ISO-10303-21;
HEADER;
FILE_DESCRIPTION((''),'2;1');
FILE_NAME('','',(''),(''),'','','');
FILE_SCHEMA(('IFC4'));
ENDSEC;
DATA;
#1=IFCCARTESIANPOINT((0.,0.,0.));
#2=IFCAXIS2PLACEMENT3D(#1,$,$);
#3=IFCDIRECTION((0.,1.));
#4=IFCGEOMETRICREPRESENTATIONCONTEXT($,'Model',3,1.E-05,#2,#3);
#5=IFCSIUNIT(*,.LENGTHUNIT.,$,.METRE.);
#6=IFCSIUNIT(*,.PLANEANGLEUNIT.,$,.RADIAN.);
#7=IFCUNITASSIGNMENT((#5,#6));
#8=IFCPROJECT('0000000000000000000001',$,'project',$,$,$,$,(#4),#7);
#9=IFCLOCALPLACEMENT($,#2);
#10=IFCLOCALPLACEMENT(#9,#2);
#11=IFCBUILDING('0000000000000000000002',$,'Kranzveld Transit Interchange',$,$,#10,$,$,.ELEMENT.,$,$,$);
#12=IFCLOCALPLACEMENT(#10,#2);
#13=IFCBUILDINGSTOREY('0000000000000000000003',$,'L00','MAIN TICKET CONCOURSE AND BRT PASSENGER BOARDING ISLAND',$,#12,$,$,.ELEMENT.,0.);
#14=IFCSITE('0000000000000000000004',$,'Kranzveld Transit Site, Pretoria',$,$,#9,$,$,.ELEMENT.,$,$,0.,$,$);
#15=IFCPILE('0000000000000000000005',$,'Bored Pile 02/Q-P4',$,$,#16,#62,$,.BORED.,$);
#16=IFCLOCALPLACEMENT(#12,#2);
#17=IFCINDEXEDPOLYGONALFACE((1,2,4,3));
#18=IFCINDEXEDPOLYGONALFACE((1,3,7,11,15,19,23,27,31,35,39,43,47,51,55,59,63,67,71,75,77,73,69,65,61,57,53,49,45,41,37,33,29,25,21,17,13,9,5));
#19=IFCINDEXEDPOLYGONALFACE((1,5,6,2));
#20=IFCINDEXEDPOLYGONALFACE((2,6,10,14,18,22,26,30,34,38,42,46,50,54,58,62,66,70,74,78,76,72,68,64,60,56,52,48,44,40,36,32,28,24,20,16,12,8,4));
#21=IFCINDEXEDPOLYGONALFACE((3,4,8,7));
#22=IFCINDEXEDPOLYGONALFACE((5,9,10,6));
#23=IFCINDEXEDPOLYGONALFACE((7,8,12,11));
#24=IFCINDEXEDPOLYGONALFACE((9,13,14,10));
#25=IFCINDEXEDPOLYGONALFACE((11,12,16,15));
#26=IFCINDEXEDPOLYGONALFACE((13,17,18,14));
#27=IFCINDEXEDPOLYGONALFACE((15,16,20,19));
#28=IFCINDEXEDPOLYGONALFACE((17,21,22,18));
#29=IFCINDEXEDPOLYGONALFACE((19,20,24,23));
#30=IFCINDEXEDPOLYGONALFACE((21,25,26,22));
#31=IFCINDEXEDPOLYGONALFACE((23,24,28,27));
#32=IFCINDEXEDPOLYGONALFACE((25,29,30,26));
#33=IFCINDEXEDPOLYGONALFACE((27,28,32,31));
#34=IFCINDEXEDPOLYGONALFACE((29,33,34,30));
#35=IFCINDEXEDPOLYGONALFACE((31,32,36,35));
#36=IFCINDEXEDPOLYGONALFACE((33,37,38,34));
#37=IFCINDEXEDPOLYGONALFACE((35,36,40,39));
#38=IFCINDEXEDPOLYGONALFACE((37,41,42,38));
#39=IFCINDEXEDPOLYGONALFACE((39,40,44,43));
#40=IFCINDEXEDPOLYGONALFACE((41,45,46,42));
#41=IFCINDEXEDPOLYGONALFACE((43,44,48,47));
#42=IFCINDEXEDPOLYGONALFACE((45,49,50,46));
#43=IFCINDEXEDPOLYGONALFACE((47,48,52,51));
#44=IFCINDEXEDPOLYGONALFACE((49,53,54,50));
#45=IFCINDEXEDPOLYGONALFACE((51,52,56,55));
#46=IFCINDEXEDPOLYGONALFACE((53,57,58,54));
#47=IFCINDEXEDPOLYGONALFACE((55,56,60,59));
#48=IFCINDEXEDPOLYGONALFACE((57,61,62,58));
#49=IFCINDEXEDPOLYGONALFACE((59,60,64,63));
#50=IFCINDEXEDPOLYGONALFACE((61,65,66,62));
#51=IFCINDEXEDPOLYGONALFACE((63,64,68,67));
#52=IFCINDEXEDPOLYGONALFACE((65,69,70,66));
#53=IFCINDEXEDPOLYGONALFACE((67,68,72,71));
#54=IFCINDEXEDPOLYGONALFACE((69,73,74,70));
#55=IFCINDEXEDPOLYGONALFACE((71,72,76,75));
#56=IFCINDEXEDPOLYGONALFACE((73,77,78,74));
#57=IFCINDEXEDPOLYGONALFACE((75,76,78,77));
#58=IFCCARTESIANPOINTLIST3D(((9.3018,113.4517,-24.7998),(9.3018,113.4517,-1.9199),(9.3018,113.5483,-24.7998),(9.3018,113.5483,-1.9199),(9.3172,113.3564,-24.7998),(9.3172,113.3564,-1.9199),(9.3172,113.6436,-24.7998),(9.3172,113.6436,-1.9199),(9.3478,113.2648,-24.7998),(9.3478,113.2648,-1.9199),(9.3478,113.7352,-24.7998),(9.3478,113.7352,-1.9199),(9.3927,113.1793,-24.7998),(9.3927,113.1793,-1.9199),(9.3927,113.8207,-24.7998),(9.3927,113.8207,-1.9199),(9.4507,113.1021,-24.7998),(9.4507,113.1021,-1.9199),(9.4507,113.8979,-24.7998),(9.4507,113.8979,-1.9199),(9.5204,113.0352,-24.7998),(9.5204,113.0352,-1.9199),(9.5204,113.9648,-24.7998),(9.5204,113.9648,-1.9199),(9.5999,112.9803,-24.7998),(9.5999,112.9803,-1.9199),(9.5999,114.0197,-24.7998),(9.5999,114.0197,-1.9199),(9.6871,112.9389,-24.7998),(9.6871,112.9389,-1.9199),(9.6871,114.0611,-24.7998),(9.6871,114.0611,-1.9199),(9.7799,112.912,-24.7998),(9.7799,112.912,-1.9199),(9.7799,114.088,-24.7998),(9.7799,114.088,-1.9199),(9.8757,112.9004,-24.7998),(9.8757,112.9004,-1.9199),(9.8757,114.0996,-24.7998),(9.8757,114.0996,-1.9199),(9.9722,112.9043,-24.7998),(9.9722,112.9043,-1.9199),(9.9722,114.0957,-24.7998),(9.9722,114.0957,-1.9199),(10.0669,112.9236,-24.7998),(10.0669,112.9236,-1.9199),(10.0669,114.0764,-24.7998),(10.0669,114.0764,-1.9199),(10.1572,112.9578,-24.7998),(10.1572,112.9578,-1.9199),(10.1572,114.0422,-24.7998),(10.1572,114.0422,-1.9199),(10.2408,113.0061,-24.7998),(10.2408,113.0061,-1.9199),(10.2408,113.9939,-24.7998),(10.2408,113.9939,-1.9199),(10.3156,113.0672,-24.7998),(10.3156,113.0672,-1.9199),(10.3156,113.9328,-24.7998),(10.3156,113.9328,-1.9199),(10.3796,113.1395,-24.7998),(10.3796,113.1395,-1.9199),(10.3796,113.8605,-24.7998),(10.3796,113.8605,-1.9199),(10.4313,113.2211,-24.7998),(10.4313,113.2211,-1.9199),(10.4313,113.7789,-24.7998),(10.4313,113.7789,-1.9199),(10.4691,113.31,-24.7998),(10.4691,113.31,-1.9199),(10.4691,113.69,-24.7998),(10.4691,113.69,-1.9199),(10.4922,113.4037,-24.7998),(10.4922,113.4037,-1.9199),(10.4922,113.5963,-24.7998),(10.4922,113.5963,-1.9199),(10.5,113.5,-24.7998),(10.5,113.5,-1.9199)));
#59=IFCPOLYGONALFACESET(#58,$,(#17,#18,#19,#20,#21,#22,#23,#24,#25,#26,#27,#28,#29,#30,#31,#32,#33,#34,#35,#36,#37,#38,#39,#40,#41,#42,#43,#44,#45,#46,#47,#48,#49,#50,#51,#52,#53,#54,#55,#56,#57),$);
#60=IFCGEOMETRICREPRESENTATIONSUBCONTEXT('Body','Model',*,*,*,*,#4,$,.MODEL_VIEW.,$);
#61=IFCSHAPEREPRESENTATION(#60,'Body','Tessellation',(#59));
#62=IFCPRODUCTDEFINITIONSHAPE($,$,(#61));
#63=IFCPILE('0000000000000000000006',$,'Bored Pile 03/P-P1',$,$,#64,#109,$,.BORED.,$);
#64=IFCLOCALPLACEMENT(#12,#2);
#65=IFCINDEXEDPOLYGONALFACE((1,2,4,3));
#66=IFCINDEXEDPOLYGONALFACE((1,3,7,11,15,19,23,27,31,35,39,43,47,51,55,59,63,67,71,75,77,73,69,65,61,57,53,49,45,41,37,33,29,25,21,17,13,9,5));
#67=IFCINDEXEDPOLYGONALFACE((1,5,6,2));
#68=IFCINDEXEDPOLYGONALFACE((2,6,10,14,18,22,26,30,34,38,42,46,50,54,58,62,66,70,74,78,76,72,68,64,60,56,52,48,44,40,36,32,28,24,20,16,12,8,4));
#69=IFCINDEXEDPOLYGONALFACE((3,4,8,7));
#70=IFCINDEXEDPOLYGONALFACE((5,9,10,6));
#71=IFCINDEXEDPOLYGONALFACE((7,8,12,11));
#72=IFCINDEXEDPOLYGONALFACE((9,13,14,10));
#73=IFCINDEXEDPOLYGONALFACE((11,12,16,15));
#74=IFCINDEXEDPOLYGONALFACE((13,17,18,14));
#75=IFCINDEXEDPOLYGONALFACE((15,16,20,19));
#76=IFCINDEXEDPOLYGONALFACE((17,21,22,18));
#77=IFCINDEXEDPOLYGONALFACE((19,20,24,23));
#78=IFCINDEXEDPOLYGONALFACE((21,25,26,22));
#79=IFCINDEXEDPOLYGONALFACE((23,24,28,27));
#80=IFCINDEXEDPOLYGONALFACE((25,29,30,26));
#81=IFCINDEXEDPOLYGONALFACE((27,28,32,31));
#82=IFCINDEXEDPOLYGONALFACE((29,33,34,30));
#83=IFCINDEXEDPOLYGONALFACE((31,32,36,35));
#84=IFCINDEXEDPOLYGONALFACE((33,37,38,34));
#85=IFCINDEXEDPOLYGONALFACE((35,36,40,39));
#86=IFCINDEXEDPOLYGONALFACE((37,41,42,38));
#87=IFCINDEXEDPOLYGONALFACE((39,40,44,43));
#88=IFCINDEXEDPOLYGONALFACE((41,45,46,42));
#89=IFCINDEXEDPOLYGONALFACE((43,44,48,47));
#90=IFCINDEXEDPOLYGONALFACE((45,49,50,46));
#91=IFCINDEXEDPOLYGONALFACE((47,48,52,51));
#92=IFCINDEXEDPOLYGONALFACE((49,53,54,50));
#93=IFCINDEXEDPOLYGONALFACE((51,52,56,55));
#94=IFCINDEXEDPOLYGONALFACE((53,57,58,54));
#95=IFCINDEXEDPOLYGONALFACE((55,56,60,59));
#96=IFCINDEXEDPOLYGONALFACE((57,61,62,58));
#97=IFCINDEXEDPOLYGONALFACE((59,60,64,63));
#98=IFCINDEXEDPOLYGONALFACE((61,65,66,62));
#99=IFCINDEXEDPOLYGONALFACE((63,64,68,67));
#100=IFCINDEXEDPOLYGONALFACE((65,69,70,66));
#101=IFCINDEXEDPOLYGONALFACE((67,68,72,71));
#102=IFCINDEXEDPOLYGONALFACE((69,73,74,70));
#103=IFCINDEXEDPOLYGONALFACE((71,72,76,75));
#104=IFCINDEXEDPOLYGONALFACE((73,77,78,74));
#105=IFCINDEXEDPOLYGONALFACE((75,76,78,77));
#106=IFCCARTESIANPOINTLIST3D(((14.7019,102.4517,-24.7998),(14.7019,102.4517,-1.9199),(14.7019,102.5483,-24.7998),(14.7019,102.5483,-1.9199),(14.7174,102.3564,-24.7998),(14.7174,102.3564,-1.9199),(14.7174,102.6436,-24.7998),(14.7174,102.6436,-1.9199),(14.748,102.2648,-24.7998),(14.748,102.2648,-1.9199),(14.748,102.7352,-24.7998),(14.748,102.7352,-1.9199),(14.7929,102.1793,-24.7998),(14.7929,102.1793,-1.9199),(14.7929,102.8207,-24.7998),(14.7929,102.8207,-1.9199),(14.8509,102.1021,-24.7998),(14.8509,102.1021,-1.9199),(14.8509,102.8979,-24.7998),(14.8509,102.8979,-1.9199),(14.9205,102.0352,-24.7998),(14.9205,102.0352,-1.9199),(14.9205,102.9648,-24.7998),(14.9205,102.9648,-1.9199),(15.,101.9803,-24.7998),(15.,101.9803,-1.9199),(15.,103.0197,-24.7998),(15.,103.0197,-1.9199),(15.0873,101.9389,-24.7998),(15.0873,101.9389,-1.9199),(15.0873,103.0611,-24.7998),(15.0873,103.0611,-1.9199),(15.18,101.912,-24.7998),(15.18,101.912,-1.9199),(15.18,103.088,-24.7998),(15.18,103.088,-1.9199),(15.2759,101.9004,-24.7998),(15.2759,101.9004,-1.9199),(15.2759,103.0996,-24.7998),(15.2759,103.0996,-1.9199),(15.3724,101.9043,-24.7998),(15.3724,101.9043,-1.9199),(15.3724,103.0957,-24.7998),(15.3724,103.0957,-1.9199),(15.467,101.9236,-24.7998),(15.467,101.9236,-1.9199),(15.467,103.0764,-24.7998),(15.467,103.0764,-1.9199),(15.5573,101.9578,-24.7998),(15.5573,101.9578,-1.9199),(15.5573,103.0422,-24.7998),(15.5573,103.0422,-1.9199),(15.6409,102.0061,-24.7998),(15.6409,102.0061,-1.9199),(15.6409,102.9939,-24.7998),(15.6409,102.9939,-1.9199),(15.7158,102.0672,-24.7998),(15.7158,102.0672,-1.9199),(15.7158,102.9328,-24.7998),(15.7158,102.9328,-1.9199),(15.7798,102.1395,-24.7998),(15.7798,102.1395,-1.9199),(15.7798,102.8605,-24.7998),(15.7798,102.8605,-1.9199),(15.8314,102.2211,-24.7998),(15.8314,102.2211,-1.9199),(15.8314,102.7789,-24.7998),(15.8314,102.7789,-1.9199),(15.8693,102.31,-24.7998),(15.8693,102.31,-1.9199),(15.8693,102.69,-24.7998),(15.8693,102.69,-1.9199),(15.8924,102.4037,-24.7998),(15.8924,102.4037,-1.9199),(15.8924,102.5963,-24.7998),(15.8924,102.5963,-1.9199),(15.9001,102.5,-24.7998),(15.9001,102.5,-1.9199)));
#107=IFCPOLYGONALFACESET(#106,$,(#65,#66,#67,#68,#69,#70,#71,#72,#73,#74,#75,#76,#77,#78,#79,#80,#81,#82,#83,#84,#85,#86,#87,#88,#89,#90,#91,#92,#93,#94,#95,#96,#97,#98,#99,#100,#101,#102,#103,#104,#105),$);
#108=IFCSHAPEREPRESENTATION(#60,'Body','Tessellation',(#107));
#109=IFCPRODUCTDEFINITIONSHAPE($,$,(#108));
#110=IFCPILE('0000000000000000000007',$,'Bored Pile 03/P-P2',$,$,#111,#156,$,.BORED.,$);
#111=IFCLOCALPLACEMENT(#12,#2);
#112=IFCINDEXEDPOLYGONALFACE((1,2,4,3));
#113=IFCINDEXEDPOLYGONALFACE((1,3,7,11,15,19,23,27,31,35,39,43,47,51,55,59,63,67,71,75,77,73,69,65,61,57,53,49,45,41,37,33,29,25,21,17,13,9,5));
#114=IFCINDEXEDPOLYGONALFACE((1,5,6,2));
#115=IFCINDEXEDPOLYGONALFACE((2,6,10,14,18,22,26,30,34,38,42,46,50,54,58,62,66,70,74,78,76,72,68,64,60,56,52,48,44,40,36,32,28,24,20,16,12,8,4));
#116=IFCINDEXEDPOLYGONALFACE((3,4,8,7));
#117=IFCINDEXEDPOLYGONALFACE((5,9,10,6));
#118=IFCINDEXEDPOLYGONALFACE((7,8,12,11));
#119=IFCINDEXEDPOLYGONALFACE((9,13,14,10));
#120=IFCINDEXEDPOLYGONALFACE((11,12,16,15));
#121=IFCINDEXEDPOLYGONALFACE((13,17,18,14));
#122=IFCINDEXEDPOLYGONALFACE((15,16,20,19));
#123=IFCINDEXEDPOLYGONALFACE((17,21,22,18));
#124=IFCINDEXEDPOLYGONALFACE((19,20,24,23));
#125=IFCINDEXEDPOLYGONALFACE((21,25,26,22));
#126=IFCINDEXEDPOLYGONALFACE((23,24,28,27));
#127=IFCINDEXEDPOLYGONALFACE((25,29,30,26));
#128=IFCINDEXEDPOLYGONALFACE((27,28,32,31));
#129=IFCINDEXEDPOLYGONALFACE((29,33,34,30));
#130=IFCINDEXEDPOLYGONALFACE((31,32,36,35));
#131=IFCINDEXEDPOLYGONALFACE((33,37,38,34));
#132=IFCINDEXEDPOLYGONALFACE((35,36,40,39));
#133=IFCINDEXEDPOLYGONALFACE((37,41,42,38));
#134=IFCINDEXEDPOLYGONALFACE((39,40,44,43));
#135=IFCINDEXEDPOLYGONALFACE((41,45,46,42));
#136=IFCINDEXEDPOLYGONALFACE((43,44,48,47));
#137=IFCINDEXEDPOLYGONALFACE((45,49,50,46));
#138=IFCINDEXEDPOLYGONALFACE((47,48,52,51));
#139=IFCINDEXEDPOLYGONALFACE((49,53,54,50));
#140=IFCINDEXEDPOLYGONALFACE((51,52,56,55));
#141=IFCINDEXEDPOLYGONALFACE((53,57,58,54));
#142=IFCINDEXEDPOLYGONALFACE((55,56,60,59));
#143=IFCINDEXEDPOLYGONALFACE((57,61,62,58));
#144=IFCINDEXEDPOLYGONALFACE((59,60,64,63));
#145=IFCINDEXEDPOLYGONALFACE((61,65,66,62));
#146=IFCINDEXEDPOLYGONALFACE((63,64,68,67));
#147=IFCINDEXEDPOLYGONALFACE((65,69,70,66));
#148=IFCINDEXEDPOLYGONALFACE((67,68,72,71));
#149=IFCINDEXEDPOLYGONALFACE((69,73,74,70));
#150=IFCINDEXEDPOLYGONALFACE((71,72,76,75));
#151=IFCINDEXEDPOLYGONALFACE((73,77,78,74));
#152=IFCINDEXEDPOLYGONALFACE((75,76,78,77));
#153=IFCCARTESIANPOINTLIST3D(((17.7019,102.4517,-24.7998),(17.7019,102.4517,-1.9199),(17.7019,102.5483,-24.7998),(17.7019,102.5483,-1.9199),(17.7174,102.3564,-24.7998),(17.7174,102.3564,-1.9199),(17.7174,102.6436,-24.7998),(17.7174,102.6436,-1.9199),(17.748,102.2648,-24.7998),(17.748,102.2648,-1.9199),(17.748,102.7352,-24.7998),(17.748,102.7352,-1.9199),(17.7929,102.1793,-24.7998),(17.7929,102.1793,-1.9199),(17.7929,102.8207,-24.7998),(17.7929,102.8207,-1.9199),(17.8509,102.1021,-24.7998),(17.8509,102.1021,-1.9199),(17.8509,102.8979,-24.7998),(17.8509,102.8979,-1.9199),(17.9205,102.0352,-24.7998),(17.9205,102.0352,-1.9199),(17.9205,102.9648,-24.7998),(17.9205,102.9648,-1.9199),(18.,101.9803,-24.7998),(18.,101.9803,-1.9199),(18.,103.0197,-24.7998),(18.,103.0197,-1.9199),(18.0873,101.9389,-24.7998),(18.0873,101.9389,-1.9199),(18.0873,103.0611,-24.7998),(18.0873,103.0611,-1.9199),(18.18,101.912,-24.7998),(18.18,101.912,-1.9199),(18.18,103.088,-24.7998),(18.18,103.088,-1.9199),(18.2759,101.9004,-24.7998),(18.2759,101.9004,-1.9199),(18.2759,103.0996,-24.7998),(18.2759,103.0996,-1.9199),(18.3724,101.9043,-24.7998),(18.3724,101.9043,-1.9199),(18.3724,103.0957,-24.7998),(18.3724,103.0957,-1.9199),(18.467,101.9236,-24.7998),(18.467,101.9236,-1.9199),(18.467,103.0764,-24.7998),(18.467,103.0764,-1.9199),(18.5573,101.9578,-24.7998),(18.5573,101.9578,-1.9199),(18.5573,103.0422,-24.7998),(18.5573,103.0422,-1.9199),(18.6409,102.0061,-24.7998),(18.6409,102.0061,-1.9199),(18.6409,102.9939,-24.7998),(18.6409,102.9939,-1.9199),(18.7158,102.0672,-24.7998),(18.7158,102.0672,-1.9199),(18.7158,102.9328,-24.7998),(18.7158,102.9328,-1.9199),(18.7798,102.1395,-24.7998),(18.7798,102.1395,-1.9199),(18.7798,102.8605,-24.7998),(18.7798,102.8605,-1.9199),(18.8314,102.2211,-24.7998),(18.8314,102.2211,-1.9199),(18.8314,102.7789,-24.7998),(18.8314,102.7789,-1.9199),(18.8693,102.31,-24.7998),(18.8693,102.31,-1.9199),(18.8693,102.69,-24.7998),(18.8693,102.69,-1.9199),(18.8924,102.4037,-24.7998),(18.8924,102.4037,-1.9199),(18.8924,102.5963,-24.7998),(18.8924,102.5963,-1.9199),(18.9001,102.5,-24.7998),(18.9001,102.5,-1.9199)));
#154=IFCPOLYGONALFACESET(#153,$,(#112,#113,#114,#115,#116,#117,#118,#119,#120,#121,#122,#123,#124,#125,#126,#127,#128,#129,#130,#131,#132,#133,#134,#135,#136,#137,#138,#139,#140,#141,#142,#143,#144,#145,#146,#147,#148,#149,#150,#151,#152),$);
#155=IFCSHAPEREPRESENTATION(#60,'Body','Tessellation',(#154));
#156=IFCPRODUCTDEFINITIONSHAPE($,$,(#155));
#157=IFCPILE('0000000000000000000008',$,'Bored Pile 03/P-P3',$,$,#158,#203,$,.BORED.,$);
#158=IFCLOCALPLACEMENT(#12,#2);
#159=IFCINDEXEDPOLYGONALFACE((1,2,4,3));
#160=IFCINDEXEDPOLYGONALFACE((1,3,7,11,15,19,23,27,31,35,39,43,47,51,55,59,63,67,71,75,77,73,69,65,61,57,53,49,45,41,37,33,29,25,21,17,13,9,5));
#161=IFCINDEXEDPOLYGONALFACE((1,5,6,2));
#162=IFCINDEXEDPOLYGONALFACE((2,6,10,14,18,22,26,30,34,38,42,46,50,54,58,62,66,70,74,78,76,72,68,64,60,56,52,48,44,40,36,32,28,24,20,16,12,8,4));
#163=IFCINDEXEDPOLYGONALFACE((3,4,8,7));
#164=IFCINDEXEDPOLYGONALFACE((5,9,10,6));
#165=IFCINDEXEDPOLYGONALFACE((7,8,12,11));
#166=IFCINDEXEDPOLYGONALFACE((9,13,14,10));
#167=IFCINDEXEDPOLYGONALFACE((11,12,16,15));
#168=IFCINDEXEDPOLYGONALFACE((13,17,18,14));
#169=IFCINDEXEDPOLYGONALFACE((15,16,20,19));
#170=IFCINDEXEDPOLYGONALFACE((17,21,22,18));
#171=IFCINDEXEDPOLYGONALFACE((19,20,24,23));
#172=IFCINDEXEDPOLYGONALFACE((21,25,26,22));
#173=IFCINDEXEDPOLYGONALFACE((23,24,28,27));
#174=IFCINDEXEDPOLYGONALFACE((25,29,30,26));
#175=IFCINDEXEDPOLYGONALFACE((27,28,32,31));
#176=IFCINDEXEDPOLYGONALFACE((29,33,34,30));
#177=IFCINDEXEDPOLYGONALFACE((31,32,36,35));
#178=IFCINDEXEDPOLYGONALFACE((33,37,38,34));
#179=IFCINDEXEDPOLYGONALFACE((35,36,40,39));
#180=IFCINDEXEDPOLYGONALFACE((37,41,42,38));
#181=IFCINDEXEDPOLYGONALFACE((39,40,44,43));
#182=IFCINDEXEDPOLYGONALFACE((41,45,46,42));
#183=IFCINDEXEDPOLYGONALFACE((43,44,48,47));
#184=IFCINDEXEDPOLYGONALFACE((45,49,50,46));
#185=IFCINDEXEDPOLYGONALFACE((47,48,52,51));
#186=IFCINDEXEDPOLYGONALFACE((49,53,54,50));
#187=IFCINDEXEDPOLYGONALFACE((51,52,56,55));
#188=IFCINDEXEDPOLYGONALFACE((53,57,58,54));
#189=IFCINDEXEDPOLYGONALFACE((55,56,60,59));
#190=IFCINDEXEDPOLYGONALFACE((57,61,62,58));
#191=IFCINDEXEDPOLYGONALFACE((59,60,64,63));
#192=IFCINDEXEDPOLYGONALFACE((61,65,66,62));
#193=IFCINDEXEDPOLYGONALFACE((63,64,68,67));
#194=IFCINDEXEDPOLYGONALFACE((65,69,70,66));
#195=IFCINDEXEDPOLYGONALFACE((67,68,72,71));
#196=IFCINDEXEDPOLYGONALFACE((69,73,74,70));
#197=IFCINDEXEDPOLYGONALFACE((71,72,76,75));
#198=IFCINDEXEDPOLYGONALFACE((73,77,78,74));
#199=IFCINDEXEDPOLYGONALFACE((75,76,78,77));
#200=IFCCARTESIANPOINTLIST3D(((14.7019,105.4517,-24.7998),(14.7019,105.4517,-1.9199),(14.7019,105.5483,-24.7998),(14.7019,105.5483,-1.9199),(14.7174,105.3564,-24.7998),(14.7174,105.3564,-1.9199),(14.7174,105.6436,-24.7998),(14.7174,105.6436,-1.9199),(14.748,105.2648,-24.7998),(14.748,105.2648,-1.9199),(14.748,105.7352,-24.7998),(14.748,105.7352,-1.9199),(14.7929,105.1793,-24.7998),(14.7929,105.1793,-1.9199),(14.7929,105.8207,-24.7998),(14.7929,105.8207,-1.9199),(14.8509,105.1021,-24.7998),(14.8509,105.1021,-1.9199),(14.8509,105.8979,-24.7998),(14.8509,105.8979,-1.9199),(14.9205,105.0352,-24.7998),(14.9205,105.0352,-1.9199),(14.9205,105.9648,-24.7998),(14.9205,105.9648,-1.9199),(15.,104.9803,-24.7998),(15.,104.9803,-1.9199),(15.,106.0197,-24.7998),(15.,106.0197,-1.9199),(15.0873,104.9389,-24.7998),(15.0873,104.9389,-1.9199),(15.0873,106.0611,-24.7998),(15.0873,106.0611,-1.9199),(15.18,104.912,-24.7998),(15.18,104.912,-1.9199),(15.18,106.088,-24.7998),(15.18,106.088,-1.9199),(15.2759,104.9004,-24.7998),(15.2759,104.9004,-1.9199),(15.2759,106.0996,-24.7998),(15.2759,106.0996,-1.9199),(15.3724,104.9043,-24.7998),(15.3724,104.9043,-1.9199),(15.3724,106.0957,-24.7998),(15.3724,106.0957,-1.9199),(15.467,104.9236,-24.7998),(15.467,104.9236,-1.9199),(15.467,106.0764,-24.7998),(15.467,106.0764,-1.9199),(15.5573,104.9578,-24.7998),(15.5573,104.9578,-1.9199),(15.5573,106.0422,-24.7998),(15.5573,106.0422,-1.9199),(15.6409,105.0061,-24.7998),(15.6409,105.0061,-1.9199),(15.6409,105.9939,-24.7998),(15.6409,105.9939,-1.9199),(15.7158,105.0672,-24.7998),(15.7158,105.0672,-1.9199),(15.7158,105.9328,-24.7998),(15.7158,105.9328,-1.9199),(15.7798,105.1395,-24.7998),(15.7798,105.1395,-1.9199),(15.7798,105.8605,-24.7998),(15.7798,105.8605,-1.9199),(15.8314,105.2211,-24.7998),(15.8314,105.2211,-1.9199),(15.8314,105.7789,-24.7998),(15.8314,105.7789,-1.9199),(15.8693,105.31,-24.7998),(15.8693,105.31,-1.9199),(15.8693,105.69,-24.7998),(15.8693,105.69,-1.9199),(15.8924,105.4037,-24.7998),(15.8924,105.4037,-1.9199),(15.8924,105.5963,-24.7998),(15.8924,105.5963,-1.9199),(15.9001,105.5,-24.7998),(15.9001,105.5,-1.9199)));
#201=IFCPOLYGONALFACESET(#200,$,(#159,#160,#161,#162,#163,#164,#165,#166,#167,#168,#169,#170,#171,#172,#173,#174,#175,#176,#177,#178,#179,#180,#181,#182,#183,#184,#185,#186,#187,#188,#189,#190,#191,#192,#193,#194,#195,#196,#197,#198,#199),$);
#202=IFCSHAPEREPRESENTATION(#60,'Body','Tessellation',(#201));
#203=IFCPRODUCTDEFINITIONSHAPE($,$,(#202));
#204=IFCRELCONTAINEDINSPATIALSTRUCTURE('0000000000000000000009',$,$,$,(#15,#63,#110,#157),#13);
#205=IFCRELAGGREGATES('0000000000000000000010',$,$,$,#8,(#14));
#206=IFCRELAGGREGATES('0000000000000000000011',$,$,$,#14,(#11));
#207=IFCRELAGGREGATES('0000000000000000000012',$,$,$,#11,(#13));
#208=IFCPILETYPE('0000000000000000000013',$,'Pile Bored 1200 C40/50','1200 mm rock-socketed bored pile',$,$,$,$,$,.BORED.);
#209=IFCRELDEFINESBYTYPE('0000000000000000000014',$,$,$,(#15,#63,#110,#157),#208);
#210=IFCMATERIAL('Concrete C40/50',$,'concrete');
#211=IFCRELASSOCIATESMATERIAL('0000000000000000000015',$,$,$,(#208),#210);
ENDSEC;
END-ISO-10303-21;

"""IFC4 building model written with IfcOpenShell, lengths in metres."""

from ifc_helpers import new_model, si_unit, direction, frame, origin, origin_2d, place, context, subcontext, project, spatial, circle, extrude, material, material_profile, profile_set, type_object, element, save


model = new_model("IFC4")

# Units and contexts
model_context = context("Model", 3, precision=1e-05, world=origin(), true_north=direction((0.0, 1.0)))
body_context = subcontext(model_context, "Body", "Model", "MODEL_VIEW")
ifc_project = project(units=[si_unit("LENGTHUNIT", "METRE"), si_unit("PLANEANGLEUNIT", "RADIAN")], contexts=[model_context])

# Site, building, storey
site_placement = place(None, origin())
site = spatial("IfcSite", under=ifc_project, at=site_placement, Name="Kranzveld Transit Site, Pretoria", CompositionType="ELEMENT", RefElevation=0.0)
building_placement = place(site_placement, origin())
building = spatial("IfcBuilding", under=site, at=building_placement, Name="Kranzveld Transit Interchange", CompositionType="ELEMENT")
storey_placement = place(building_placement, origin())
storey = spatial("IfcBuildingStorey", under=building, at=storey_placement, Name="L00", Description="MAIN TICKET CONCOURSE AND BRT PASSENGER BOARDING ISLAND", CompositionType="ELEMENT", Elevation=0.0)

# Piles
ifc_material_1 = material(Name="Concrete C40/50", Category="concrete")
ifc_material_profile_1 = material_profile(ifc_material_1, circle(Radius=0.6001, at=origin_2d()), Name="BORED PILE 1200")
ifc_profile_set_1 = profile_set([ifc_material_profile_1], Name="Concrete C40/50")
pile_type = type_object("IfcPileType", Name="Pile Bored 1200 C40/50", Description="1200 mm rock-socketed bored pile", PredefinedType="BORED", material=ifc_profile_set_1)
for number, where, z_axis, x_axis, name in (
    (1, (9.8999, 113.5, -1.9199), (0.0, 0.0, -1.0), (1.0, 0.0, 0.0), "Bored Pile 02/Q-P4"),
    (2, (15.3, 102.5, -1.9199), (0.0, 0.0, -1.0), (1.0, 0.0, 0.0), "Bored Pile 03/P-P1"),
    (3, (18.3, 102.5, -1.9199), (0.0, 0.0, -1.0), (1.0, 0.0, 0.0), "Bored Pile 03/P-P2"),
    (4, (15.3, 105.5, -1.9199), (0.0, 0.0, -1.0), (1.0, 0.0, 0.0), "Bored Pile 03/P-P3"),
):
    element("IfcPile", number, at=place(storey_placement, frame(where, z_axis=z_axis, x_axis=x_axis)), inside=storey, type_object=pile_type, Name=name, PredefinedType="BORED", context=body_context, shape_type="SweptSolid", body=[
        extrude(circle(Radius=0.6001, at=origin_2d()), origin(), (0.0, 0.0, 1.0), 22.8799),
    ])

save(model, "model.ifc")
